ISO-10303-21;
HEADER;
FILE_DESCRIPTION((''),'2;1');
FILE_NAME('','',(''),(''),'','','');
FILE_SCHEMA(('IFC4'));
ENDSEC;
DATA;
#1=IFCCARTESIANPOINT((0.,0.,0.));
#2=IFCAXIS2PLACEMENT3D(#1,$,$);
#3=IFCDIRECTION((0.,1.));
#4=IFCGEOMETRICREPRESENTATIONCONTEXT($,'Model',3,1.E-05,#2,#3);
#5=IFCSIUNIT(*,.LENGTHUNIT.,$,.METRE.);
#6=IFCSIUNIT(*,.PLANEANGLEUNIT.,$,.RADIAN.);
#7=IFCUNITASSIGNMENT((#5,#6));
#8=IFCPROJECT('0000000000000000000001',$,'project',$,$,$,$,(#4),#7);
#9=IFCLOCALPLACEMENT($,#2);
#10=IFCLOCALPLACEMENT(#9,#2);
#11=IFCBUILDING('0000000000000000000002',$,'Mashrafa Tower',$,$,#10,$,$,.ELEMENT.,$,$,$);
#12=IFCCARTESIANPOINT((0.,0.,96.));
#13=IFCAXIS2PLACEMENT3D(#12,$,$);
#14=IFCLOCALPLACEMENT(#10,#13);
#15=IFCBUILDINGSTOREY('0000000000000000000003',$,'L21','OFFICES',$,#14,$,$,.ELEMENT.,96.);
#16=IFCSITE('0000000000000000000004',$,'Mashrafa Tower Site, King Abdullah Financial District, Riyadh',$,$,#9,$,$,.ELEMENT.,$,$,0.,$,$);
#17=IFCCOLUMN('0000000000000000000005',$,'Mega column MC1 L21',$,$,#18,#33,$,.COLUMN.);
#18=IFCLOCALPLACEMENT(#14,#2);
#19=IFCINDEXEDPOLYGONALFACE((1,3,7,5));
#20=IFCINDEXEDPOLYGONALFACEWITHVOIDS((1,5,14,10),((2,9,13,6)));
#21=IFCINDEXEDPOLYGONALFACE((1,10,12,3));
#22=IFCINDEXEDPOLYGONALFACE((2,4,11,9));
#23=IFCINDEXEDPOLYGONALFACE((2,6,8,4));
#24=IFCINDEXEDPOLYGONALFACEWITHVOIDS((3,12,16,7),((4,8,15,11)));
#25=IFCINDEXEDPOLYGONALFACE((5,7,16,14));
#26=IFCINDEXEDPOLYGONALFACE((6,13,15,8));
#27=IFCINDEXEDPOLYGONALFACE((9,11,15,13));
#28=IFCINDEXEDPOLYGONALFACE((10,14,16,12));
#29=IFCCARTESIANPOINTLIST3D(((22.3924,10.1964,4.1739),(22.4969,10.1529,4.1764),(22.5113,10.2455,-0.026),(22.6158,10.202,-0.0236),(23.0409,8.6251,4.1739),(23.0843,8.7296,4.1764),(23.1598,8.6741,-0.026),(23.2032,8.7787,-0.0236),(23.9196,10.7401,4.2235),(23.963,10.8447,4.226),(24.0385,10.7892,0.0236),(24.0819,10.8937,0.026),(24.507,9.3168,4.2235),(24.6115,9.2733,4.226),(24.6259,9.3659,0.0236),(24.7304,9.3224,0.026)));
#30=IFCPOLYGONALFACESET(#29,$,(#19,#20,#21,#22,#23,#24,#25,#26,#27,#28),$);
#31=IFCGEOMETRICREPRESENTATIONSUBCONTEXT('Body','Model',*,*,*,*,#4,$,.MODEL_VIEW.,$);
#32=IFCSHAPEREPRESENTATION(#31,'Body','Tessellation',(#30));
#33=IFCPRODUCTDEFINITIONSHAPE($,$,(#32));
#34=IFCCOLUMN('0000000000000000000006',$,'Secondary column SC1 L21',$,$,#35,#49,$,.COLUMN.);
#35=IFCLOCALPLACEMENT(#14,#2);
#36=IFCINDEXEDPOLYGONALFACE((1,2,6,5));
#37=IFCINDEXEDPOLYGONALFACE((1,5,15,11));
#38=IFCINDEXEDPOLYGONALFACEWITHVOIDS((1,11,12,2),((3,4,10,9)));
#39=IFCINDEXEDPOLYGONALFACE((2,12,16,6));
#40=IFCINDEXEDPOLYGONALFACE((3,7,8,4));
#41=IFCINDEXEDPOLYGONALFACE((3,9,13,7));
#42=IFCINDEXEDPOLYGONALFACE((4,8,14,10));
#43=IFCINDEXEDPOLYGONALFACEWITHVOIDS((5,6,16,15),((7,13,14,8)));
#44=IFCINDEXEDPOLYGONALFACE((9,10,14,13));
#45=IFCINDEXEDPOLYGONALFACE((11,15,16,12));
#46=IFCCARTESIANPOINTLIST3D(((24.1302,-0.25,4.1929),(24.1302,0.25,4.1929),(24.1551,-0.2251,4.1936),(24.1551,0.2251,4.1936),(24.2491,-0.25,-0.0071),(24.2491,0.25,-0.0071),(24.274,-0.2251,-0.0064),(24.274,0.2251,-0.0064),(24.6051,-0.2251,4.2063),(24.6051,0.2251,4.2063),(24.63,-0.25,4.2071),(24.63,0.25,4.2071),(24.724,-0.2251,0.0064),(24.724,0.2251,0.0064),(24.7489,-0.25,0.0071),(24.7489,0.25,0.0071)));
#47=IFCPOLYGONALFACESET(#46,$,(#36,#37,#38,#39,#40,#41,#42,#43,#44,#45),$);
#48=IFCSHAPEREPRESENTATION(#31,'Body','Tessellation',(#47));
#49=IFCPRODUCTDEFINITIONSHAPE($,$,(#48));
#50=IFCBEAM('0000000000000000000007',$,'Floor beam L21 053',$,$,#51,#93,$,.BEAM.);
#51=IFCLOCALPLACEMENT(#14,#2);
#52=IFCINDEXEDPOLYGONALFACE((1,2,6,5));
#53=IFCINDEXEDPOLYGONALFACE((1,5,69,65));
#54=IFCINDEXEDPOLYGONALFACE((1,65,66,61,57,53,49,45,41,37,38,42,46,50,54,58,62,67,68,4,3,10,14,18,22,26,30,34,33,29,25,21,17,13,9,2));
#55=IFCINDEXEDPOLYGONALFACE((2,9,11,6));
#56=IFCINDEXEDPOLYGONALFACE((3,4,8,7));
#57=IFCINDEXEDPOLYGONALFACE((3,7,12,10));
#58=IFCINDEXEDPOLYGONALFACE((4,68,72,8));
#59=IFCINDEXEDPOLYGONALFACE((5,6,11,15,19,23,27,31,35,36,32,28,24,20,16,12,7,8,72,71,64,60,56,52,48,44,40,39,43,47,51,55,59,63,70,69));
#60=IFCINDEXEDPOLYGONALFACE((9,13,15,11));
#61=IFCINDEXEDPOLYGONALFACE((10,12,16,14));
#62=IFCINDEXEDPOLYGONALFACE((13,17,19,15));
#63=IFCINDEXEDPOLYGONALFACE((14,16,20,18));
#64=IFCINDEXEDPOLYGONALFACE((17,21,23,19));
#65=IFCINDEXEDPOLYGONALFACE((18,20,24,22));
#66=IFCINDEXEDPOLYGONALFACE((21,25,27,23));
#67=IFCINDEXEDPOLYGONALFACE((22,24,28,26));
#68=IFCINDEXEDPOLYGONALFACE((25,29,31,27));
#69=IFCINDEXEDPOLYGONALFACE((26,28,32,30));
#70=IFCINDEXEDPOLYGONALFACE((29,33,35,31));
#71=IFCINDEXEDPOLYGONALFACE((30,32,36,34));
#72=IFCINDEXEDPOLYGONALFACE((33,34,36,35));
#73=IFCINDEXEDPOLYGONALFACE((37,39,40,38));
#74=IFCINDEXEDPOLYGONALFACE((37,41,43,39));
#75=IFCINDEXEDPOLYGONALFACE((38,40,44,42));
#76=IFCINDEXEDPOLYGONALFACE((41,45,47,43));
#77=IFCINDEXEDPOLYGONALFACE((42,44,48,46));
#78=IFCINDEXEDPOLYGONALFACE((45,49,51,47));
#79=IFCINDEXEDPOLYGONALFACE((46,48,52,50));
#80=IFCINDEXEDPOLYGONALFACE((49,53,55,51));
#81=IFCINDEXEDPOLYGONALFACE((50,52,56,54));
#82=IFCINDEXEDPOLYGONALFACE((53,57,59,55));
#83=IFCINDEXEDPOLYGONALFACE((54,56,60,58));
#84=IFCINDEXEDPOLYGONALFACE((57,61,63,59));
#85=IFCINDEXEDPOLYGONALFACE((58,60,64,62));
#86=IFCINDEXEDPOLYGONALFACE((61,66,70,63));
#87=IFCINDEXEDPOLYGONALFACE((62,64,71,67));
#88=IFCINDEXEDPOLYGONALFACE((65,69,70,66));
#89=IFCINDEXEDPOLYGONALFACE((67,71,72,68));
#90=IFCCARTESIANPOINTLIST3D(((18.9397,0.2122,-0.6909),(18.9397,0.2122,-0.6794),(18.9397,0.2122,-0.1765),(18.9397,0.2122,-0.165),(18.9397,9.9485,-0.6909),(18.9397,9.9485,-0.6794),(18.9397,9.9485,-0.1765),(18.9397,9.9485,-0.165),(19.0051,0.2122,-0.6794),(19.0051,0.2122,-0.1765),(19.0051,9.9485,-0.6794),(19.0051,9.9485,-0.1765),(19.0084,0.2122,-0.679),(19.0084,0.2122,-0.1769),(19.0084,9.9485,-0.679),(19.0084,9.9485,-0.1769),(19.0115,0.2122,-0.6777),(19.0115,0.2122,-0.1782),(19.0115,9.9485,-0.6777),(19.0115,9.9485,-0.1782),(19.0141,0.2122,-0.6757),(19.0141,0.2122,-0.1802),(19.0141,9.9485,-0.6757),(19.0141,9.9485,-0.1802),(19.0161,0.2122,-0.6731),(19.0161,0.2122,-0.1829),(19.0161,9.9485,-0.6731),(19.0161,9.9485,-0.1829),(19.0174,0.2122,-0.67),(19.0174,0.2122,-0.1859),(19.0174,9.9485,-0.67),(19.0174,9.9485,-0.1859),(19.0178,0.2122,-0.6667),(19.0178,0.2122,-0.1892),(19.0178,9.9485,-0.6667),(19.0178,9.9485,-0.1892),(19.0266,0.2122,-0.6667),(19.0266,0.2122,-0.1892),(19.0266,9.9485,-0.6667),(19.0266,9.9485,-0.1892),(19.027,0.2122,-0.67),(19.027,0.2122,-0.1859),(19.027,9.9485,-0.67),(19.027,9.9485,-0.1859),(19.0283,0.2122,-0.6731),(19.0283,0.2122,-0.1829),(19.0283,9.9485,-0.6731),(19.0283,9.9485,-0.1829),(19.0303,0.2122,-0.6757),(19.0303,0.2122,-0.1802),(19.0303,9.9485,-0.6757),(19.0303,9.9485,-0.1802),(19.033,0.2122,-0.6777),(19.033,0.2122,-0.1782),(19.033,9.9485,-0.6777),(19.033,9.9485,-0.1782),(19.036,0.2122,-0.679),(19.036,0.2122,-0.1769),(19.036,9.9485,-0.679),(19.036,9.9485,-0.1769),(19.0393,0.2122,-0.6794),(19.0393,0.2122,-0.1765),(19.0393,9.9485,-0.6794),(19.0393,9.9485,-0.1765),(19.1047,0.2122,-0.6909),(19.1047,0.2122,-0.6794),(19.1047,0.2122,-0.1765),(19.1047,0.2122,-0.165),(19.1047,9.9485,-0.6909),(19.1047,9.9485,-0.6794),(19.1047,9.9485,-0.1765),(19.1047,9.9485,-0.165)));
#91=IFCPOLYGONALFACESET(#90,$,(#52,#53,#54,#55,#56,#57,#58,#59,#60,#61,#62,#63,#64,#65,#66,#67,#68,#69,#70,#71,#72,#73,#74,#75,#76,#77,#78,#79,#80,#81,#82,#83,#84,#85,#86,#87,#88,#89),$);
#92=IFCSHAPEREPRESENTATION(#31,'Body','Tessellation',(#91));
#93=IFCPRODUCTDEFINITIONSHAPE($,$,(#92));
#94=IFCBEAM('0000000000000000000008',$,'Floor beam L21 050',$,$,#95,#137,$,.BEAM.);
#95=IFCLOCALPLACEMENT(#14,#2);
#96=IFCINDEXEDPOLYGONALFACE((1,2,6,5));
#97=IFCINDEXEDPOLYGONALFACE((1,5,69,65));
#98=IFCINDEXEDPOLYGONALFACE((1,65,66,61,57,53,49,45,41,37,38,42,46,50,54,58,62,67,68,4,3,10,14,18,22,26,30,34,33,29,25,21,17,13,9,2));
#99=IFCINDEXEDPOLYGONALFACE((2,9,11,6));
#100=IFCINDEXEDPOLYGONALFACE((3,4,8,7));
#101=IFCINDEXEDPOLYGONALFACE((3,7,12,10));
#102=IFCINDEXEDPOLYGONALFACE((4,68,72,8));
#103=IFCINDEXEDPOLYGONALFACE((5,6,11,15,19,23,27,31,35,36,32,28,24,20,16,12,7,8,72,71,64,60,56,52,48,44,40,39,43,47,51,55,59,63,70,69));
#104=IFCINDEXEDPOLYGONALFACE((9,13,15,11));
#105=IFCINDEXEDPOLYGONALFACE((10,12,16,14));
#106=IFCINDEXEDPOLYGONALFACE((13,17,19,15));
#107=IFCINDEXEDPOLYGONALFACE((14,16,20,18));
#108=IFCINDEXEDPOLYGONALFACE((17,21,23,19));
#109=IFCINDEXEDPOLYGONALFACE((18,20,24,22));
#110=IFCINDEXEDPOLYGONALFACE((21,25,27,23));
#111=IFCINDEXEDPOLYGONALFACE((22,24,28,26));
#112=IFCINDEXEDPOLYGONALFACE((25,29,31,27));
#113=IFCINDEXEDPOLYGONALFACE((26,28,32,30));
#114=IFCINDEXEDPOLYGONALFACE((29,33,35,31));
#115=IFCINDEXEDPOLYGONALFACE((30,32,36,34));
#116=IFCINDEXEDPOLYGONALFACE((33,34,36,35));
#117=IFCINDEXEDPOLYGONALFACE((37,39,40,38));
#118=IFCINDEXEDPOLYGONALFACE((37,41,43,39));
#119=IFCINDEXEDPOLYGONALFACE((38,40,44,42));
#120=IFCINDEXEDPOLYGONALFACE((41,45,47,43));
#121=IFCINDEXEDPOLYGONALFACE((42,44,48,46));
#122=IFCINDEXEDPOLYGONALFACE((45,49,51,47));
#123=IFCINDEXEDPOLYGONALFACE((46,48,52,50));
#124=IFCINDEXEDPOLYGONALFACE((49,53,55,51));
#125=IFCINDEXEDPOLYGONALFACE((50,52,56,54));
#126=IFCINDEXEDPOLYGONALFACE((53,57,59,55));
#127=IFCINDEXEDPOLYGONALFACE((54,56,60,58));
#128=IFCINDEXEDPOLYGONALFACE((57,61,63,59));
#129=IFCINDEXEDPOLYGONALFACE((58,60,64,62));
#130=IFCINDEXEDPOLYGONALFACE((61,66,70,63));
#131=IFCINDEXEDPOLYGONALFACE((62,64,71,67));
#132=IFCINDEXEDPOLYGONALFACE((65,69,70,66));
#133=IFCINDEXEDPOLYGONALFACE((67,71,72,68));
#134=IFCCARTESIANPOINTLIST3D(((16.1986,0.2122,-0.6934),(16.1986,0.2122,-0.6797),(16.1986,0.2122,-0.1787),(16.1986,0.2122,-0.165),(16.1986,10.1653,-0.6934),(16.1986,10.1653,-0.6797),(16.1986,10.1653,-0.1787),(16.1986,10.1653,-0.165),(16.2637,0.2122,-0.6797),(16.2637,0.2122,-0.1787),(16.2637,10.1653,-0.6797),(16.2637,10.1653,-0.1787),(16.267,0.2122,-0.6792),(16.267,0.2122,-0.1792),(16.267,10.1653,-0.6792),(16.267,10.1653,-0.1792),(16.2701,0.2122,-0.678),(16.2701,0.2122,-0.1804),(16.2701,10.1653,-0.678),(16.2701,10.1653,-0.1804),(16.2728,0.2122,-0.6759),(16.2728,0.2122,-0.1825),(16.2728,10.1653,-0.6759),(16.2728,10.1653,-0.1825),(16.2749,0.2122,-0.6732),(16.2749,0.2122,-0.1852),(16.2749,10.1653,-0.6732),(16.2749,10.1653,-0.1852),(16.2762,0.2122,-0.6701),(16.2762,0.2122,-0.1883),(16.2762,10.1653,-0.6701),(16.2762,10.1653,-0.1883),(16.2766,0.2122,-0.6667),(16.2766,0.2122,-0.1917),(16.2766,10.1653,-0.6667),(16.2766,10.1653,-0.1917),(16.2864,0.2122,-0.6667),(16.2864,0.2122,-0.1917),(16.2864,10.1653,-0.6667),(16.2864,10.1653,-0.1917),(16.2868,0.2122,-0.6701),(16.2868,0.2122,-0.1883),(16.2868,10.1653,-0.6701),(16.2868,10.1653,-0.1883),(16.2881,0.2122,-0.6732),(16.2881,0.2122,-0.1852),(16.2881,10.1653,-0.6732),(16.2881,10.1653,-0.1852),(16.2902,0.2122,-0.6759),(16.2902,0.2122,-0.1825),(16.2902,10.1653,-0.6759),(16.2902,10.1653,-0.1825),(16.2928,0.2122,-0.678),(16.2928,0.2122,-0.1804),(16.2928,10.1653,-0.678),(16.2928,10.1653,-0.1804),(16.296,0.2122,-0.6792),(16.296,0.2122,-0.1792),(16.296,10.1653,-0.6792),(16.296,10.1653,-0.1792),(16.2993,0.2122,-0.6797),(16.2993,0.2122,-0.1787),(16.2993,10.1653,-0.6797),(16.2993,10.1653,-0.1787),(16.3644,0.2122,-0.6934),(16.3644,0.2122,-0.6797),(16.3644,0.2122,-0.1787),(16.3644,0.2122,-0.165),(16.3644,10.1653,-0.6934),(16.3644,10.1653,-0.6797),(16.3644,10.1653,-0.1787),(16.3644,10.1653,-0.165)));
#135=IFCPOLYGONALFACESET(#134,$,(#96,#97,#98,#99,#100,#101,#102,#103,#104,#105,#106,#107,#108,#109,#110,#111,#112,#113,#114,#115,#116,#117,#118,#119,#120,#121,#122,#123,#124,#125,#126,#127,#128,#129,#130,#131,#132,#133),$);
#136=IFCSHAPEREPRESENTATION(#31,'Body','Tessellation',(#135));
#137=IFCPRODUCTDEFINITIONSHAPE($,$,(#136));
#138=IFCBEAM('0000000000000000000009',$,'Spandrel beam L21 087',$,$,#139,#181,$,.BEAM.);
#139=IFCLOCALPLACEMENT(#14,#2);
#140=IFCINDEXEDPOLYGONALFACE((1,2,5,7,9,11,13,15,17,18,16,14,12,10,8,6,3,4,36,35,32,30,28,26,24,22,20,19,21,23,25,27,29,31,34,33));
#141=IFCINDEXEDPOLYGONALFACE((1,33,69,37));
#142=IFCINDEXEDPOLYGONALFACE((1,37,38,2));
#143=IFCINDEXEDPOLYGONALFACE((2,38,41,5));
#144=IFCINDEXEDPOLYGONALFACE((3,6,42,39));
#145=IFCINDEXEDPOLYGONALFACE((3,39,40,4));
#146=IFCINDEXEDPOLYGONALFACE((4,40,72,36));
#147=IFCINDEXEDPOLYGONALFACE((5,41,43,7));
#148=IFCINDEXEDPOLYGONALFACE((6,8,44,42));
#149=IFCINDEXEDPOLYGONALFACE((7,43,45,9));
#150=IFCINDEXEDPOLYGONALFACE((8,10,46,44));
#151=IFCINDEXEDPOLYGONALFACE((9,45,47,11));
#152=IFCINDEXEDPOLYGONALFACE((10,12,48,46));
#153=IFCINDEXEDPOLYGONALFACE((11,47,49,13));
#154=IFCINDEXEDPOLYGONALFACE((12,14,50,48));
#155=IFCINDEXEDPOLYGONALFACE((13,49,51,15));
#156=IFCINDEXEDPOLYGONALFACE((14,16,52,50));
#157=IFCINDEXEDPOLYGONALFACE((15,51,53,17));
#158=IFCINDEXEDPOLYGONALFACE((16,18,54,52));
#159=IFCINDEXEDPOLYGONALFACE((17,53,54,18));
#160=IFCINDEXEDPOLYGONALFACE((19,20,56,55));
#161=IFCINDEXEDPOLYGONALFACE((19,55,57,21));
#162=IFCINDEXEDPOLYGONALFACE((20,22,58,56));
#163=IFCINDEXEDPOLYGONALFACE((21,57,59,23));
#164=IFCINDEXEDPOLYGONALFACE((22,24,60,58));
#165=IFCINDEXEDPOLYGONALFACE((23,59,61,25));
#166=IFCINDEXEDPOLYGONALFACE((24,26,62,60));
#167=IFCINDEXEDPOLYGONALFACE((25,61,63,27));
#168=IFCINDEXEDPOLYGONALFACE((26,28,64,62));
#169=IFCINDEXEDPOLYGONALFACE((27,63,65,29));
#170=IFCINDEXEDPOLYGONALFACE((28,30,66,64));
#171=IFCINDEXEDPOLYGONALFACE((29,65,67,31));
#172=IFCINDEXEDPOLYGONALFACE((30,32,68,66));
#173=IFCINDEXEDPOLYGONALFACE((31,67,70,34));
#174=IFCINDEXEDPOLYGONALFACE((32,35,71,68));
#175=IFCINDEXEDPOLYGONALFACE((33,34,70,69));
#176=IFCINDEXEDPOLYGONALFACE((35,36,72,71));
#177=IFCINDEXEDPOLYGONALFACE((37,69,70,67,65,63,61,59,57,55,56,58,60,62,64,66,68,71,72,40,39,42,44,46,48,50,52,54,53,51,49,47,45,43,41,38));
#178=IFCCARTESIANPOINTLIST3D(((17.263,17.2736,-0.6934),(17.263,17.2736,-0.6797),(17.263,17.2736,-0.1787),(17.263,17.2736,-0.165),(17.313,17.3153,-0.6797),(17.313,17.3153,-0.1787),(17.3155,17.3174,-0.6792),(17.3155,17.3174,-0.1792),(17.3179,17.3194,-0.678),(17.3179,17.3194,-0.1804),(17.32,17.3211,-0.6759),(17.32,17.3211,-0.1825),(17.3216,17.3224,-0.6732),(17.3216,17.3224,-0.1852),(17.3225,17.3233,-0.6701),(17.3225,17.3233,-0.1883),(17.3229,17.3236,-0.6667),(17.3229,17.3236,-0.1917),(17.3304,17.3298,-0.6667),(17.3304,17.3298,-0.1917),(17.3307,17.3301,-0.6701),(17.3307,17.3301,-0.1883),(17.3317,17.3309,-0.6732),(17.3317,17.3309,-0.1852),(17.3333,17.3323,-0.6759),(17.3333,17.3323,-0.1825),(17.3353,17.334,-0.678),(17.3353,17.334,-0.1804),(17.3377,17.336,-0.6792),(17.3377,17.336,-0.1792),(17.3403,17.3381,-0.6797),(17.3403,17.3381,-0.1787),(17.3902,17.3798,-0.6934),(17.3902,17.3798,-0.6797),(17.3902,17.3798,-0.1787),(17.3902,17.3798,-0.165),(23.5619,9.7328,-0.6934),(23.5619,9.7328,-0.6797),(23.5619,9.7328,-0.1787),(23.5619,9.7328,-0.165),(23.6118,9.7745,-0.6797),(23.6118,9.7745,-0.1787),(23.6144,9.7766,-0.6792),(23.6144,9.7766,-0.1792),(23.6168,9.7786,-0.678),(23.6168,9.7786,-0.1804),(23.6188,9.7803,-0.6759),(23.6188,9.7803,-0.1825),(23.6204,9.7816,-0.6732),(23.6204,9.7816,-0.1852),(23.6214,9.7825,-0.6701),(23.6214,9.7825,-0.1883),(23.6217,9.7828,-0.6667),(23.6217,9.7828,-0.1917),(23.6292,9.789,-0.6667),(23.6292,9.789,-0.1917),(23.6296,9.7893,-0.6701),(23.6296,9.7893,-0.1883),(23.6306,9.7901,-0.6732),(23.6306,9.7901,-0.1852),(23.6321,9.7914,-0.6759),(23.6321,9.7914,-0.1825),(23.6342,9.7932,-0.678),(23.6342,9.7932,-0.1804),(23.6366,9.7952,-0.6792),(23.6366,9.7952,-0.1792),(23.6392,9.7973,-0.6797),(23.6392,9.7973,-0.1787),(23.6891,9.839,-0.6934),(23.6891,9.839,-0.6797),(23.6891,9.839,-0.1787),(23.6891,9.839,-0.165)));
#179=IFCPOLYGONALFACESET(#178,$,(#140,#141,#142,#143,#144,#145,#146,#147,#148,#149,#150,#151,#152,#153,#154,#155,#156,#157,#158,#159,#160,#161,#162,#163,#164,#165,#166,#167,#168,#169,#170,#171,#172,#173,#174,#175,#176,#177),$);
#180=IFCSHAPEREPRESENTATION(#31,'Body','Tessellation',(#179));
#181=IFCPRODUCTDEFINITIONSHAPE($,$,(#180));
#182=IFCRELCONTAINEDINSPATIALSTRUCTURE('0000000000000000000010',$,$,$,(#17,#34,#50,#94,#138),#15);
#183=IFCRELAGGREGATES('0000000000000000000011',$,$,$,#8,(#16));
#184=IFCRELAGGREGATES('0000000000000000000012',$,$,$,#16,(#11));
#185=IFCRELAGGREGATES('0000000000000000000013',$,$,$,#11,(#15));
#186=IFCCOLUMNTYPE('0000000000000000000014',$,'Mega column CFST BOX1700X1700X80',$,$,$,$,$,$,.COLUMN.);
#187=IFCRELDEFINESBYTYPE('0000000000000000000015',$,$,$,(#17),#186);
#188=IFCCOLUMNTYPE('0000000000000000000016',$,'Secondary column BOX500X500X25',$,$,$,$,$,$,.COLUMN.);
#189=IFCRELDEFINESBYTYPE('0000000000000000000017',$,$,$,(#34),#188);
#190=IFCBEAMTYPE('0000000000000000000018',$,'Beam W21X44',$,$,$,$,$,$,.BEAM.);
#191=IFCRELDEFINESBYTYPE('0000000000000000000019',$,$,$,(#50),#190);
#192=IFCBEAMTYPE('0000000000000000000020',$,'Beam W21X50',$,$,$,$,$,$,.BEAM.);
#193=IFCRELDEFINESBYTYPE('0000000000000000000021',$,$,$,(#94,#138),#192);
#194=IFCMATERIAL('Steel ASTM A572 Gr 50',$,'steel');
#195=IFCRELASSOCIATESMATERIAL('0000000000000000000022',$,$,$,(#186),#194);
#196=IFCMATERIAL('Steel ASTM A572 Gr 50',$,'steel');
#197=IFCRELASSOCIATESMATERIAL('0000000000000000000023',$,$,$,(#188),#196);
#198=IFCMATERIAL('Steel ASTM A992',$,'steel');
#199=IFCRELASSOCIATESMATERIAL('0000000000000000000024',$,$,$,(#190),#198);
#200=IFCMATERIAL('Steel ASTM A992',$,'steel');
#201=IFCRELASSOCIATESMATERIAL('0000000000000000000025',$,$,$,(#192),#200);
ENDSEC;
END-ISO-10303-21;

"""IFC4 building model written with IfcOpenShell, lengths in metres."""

from ifc_helpers import new_model, si_unit, direction, frame, origin, origin_2d, place, context, subcontext, project, spatial, hollow_rectangle, i_section, extrude, material, material_profile, profile_set, type_object, element, save


model = new_model("IFC4")

# Units and contexts
model_context = context("Model", 3, precision=1e-05, world=origin(), true_north=direction((0.0, 1.0)))
body_context = subcontext(model_context, "Body", "Model", "MODEL_VIEW")
ifc_project = project(units=[si_unit("LENGTHUNIT", "METRE"), si_unit("PLANEANGLEUNIT", "RADIAN")], contexts=[model_context])

# Site, building, storey
site_placement = place(None, origin())
site = spatial("IfcSite", under=ifc_project, at=site_placement, Name="Mashrafa Tower Site, King Abdullah Financial District, Riyadh", CompositionType="ELEMENT", RefElevation=0.0)
building_placement = place(site_placement, origin())
building = spatial("IfcBuilding", under=site, at=building_placement, Name="Mashrafa Tower", CompositionType="ELEMENT")
storey_placement = place(building_placement, frame((0.0, 0.0, 96.0)))
storey = spatial("IfcBuildingStorey", under=building, at=storey_placement, Name="L21", Description="OFFICES", CompositionType="ELEMENT", Elevation=96.0)

# Columns
ifc_material_1 = material(Name="Steel ASTM A572 Gr 50", Category="steel")
ifc_material_profile_1 = material_profile(ifc_material_1, hollow_rectangle(XDim=1.7, YDim=1.7, WallThickness=0.0801, at=origin_2d()), Name="BOX1700X1700X80")
ifc_profile_set_1 = profile_set([ifc_material_profile_1], Name="Steel ASTM A572 Gr 50")
column_type_1 = type_object("IfcColumnType", Name="Mega column CFST BOX1700X1700X80", PredefinedType="COLUMN", material=ifc_profile_set_1)
column_1_placement = place(storey_placement, frame((23.6208, 9.7839, 0.0), z_axis=(-0.028296, -0.011679, 0.999531), x_axis=(0.381513, -0.924363, 0.0)))
element("IfcColumn", 1, at=column_1_placement, inside=storey, type_object=column_type_1, Name="Mega column MC1 L21", PredefinedType="COLUMN", context=body_context, shape_type="SweptSolid", body=[
    extrude(hollow_rectangle(XDim=1.7, YDim=1.7, WallThickness=0.0801, at=origin_2d()), origin(), (0.0, 0.0, 1.0), 4.2019),
])
ifc_material_2 = material(Name="Steel ASTM A572 Gr 50", Category="steel")
ifc_material_profile_2 = material_profile(ifc_material_2, hollow_rectangle(XDim=0.5, YDim=0.5, WallThickness=0.0249, at=origin_2d()), Name="BOX500X500X25")
ifc_profile_set_2 = profile_set([ifc_material_profile_2], Name="Steel ASTM A572 Gr 50")
column_type_2 = type_object("IfcColumnType", Name="Secondary column BOX500X500X25", PredefinedType="COLUMN", material=ifc_profile_set_2)
column_2_placement = place(storey_placement, frame((24.499, 0.0, 0.0), z_axis=(-0.028298, 0.0, 0.9996), x_axis=(0.0, -1.0, 0.0)))
element("IfcColumn", 2, at=column_2_placement, inside=storey, type_object=column_type_2, Name="Secondary column SC1 L21", PredefinedType="COLUMN", context=body_context, shape_type="SweptSolid", body=[
    extrude(hollow_rectangle(XDim=0.5, YDim=0.5, WallThickness=0.0249, at=origin_2d()), origin(), (0.0, 0.0, 1.0), 4.2017),
])

# Beams
ifc_material_3 = material(Name="Steel ASTM A992", Category="steel")
ifc_material_profile_3 = material_profile(ifc_material_3, i_section(OverallWidth=0.165, OverallDepth=0.5259, WebThickness=0.0088, FlangeThickness=0.0115, FilletRadius=0.0127, at=origin_2d()), Name="W21X44")
ifc_profile_set_3 = profile_set([ifc_material_profile_3], Name="Steel ASTM A992")
beam_type_1 = type_object("IfcBeamType", Name="Beam W21X44", PredefinedType="BEAM", material=ifc_profile_set_3)
beam_1_placement = place(storey_placement, frame((19.0222, 9.9485, -0.428), z_axis=(0.0, -1.0, 0.0), x_axis=(1.0, 0.0, 0.0)))
element("IfcBeam", 3, at=beam_1_placement, inside=storey, type_object=beam_type_1, Name="Floor beam L21 053", PredefinedType="BEAM", context=body_context, shape_type="SweptSolid", body=[
    extrude(i_section(OverallWidth=0.165, OverallDepth=0.5259, WebThickness=0.0088, FlangeThickness=0.0115, FilletRadius=0.0127, at=origin_2d()), origin(), (0.0, 0.0, 1.0), 9.7363),
])
ifc_material_4 = material(Name="Steel ASTM A992", Category="steel")
ifc_material_profile_4 = material_profile(ifc_material_4, i_section(OverallWidth=0.1658, OverallDepth=0.5283, WebThickness=0.0098, FlangeThickness=0.0137, FilletRadius=0.0129, at=origin_2d()), Name="W21X50")
ifc_profile_set_4 = profile_set([ifc_material_profile_4], Name="Steel ASTM A992")
beam_type_2 = type_object("IfcBeamType", Name="Beam W21X50", PredefinedType="BEAM", material=ifc_profile_set_4)
beam_2_placement = place(storey_placement, frame((16.2815, 10.1653, -0.4292), z_axis=(0.0, -1.0, 0.0), x_axis=(1.0, 0.0, 0.0)))
element("IfcBeam", 4, at=beam_2_placement, inside=storey, type_object=beam_type_2, Name="Floor beam L21 050", PredefinedType="BEAM", context=body_context, shape_type="SweptSolid", body=[
    extrude(i_section(OverallWidth=0.1658, OverallDepth=0.5283, WebThickness=0.0098, FlangeThickness=0.0137, FilletRadius=0.0129, at=origin_2d()), origin(), (0.0, 0.0, 1.0), 9.9531),
])
beam_3_placement = place(storey_placement, frame((23.6255, 9.7859, -0.4292), z_axis=(-0.641076, 0.767477, 0.0), x_axis=(-0.767477, -0.641076, 0.0)))
element("IfcBeam", 5, at=beam_3_placement, inside=storey, type_object=beam_type_2, Name="Spandrel beam L21 087", PredefinedType="BEAM", context=body_context, shape_type="SweptSolid", body=[
    extrude(i_section(OverallWidth=0.1658, OverallDepth=0.5283, WebThickness=0.0098, FlangeThickness=0.0137, FilletRadius=0.0129, at=origin_2d()), origin(), (0.0, 0.0, 1.0), 9.8254),
])

save(model, "model.ifc")
